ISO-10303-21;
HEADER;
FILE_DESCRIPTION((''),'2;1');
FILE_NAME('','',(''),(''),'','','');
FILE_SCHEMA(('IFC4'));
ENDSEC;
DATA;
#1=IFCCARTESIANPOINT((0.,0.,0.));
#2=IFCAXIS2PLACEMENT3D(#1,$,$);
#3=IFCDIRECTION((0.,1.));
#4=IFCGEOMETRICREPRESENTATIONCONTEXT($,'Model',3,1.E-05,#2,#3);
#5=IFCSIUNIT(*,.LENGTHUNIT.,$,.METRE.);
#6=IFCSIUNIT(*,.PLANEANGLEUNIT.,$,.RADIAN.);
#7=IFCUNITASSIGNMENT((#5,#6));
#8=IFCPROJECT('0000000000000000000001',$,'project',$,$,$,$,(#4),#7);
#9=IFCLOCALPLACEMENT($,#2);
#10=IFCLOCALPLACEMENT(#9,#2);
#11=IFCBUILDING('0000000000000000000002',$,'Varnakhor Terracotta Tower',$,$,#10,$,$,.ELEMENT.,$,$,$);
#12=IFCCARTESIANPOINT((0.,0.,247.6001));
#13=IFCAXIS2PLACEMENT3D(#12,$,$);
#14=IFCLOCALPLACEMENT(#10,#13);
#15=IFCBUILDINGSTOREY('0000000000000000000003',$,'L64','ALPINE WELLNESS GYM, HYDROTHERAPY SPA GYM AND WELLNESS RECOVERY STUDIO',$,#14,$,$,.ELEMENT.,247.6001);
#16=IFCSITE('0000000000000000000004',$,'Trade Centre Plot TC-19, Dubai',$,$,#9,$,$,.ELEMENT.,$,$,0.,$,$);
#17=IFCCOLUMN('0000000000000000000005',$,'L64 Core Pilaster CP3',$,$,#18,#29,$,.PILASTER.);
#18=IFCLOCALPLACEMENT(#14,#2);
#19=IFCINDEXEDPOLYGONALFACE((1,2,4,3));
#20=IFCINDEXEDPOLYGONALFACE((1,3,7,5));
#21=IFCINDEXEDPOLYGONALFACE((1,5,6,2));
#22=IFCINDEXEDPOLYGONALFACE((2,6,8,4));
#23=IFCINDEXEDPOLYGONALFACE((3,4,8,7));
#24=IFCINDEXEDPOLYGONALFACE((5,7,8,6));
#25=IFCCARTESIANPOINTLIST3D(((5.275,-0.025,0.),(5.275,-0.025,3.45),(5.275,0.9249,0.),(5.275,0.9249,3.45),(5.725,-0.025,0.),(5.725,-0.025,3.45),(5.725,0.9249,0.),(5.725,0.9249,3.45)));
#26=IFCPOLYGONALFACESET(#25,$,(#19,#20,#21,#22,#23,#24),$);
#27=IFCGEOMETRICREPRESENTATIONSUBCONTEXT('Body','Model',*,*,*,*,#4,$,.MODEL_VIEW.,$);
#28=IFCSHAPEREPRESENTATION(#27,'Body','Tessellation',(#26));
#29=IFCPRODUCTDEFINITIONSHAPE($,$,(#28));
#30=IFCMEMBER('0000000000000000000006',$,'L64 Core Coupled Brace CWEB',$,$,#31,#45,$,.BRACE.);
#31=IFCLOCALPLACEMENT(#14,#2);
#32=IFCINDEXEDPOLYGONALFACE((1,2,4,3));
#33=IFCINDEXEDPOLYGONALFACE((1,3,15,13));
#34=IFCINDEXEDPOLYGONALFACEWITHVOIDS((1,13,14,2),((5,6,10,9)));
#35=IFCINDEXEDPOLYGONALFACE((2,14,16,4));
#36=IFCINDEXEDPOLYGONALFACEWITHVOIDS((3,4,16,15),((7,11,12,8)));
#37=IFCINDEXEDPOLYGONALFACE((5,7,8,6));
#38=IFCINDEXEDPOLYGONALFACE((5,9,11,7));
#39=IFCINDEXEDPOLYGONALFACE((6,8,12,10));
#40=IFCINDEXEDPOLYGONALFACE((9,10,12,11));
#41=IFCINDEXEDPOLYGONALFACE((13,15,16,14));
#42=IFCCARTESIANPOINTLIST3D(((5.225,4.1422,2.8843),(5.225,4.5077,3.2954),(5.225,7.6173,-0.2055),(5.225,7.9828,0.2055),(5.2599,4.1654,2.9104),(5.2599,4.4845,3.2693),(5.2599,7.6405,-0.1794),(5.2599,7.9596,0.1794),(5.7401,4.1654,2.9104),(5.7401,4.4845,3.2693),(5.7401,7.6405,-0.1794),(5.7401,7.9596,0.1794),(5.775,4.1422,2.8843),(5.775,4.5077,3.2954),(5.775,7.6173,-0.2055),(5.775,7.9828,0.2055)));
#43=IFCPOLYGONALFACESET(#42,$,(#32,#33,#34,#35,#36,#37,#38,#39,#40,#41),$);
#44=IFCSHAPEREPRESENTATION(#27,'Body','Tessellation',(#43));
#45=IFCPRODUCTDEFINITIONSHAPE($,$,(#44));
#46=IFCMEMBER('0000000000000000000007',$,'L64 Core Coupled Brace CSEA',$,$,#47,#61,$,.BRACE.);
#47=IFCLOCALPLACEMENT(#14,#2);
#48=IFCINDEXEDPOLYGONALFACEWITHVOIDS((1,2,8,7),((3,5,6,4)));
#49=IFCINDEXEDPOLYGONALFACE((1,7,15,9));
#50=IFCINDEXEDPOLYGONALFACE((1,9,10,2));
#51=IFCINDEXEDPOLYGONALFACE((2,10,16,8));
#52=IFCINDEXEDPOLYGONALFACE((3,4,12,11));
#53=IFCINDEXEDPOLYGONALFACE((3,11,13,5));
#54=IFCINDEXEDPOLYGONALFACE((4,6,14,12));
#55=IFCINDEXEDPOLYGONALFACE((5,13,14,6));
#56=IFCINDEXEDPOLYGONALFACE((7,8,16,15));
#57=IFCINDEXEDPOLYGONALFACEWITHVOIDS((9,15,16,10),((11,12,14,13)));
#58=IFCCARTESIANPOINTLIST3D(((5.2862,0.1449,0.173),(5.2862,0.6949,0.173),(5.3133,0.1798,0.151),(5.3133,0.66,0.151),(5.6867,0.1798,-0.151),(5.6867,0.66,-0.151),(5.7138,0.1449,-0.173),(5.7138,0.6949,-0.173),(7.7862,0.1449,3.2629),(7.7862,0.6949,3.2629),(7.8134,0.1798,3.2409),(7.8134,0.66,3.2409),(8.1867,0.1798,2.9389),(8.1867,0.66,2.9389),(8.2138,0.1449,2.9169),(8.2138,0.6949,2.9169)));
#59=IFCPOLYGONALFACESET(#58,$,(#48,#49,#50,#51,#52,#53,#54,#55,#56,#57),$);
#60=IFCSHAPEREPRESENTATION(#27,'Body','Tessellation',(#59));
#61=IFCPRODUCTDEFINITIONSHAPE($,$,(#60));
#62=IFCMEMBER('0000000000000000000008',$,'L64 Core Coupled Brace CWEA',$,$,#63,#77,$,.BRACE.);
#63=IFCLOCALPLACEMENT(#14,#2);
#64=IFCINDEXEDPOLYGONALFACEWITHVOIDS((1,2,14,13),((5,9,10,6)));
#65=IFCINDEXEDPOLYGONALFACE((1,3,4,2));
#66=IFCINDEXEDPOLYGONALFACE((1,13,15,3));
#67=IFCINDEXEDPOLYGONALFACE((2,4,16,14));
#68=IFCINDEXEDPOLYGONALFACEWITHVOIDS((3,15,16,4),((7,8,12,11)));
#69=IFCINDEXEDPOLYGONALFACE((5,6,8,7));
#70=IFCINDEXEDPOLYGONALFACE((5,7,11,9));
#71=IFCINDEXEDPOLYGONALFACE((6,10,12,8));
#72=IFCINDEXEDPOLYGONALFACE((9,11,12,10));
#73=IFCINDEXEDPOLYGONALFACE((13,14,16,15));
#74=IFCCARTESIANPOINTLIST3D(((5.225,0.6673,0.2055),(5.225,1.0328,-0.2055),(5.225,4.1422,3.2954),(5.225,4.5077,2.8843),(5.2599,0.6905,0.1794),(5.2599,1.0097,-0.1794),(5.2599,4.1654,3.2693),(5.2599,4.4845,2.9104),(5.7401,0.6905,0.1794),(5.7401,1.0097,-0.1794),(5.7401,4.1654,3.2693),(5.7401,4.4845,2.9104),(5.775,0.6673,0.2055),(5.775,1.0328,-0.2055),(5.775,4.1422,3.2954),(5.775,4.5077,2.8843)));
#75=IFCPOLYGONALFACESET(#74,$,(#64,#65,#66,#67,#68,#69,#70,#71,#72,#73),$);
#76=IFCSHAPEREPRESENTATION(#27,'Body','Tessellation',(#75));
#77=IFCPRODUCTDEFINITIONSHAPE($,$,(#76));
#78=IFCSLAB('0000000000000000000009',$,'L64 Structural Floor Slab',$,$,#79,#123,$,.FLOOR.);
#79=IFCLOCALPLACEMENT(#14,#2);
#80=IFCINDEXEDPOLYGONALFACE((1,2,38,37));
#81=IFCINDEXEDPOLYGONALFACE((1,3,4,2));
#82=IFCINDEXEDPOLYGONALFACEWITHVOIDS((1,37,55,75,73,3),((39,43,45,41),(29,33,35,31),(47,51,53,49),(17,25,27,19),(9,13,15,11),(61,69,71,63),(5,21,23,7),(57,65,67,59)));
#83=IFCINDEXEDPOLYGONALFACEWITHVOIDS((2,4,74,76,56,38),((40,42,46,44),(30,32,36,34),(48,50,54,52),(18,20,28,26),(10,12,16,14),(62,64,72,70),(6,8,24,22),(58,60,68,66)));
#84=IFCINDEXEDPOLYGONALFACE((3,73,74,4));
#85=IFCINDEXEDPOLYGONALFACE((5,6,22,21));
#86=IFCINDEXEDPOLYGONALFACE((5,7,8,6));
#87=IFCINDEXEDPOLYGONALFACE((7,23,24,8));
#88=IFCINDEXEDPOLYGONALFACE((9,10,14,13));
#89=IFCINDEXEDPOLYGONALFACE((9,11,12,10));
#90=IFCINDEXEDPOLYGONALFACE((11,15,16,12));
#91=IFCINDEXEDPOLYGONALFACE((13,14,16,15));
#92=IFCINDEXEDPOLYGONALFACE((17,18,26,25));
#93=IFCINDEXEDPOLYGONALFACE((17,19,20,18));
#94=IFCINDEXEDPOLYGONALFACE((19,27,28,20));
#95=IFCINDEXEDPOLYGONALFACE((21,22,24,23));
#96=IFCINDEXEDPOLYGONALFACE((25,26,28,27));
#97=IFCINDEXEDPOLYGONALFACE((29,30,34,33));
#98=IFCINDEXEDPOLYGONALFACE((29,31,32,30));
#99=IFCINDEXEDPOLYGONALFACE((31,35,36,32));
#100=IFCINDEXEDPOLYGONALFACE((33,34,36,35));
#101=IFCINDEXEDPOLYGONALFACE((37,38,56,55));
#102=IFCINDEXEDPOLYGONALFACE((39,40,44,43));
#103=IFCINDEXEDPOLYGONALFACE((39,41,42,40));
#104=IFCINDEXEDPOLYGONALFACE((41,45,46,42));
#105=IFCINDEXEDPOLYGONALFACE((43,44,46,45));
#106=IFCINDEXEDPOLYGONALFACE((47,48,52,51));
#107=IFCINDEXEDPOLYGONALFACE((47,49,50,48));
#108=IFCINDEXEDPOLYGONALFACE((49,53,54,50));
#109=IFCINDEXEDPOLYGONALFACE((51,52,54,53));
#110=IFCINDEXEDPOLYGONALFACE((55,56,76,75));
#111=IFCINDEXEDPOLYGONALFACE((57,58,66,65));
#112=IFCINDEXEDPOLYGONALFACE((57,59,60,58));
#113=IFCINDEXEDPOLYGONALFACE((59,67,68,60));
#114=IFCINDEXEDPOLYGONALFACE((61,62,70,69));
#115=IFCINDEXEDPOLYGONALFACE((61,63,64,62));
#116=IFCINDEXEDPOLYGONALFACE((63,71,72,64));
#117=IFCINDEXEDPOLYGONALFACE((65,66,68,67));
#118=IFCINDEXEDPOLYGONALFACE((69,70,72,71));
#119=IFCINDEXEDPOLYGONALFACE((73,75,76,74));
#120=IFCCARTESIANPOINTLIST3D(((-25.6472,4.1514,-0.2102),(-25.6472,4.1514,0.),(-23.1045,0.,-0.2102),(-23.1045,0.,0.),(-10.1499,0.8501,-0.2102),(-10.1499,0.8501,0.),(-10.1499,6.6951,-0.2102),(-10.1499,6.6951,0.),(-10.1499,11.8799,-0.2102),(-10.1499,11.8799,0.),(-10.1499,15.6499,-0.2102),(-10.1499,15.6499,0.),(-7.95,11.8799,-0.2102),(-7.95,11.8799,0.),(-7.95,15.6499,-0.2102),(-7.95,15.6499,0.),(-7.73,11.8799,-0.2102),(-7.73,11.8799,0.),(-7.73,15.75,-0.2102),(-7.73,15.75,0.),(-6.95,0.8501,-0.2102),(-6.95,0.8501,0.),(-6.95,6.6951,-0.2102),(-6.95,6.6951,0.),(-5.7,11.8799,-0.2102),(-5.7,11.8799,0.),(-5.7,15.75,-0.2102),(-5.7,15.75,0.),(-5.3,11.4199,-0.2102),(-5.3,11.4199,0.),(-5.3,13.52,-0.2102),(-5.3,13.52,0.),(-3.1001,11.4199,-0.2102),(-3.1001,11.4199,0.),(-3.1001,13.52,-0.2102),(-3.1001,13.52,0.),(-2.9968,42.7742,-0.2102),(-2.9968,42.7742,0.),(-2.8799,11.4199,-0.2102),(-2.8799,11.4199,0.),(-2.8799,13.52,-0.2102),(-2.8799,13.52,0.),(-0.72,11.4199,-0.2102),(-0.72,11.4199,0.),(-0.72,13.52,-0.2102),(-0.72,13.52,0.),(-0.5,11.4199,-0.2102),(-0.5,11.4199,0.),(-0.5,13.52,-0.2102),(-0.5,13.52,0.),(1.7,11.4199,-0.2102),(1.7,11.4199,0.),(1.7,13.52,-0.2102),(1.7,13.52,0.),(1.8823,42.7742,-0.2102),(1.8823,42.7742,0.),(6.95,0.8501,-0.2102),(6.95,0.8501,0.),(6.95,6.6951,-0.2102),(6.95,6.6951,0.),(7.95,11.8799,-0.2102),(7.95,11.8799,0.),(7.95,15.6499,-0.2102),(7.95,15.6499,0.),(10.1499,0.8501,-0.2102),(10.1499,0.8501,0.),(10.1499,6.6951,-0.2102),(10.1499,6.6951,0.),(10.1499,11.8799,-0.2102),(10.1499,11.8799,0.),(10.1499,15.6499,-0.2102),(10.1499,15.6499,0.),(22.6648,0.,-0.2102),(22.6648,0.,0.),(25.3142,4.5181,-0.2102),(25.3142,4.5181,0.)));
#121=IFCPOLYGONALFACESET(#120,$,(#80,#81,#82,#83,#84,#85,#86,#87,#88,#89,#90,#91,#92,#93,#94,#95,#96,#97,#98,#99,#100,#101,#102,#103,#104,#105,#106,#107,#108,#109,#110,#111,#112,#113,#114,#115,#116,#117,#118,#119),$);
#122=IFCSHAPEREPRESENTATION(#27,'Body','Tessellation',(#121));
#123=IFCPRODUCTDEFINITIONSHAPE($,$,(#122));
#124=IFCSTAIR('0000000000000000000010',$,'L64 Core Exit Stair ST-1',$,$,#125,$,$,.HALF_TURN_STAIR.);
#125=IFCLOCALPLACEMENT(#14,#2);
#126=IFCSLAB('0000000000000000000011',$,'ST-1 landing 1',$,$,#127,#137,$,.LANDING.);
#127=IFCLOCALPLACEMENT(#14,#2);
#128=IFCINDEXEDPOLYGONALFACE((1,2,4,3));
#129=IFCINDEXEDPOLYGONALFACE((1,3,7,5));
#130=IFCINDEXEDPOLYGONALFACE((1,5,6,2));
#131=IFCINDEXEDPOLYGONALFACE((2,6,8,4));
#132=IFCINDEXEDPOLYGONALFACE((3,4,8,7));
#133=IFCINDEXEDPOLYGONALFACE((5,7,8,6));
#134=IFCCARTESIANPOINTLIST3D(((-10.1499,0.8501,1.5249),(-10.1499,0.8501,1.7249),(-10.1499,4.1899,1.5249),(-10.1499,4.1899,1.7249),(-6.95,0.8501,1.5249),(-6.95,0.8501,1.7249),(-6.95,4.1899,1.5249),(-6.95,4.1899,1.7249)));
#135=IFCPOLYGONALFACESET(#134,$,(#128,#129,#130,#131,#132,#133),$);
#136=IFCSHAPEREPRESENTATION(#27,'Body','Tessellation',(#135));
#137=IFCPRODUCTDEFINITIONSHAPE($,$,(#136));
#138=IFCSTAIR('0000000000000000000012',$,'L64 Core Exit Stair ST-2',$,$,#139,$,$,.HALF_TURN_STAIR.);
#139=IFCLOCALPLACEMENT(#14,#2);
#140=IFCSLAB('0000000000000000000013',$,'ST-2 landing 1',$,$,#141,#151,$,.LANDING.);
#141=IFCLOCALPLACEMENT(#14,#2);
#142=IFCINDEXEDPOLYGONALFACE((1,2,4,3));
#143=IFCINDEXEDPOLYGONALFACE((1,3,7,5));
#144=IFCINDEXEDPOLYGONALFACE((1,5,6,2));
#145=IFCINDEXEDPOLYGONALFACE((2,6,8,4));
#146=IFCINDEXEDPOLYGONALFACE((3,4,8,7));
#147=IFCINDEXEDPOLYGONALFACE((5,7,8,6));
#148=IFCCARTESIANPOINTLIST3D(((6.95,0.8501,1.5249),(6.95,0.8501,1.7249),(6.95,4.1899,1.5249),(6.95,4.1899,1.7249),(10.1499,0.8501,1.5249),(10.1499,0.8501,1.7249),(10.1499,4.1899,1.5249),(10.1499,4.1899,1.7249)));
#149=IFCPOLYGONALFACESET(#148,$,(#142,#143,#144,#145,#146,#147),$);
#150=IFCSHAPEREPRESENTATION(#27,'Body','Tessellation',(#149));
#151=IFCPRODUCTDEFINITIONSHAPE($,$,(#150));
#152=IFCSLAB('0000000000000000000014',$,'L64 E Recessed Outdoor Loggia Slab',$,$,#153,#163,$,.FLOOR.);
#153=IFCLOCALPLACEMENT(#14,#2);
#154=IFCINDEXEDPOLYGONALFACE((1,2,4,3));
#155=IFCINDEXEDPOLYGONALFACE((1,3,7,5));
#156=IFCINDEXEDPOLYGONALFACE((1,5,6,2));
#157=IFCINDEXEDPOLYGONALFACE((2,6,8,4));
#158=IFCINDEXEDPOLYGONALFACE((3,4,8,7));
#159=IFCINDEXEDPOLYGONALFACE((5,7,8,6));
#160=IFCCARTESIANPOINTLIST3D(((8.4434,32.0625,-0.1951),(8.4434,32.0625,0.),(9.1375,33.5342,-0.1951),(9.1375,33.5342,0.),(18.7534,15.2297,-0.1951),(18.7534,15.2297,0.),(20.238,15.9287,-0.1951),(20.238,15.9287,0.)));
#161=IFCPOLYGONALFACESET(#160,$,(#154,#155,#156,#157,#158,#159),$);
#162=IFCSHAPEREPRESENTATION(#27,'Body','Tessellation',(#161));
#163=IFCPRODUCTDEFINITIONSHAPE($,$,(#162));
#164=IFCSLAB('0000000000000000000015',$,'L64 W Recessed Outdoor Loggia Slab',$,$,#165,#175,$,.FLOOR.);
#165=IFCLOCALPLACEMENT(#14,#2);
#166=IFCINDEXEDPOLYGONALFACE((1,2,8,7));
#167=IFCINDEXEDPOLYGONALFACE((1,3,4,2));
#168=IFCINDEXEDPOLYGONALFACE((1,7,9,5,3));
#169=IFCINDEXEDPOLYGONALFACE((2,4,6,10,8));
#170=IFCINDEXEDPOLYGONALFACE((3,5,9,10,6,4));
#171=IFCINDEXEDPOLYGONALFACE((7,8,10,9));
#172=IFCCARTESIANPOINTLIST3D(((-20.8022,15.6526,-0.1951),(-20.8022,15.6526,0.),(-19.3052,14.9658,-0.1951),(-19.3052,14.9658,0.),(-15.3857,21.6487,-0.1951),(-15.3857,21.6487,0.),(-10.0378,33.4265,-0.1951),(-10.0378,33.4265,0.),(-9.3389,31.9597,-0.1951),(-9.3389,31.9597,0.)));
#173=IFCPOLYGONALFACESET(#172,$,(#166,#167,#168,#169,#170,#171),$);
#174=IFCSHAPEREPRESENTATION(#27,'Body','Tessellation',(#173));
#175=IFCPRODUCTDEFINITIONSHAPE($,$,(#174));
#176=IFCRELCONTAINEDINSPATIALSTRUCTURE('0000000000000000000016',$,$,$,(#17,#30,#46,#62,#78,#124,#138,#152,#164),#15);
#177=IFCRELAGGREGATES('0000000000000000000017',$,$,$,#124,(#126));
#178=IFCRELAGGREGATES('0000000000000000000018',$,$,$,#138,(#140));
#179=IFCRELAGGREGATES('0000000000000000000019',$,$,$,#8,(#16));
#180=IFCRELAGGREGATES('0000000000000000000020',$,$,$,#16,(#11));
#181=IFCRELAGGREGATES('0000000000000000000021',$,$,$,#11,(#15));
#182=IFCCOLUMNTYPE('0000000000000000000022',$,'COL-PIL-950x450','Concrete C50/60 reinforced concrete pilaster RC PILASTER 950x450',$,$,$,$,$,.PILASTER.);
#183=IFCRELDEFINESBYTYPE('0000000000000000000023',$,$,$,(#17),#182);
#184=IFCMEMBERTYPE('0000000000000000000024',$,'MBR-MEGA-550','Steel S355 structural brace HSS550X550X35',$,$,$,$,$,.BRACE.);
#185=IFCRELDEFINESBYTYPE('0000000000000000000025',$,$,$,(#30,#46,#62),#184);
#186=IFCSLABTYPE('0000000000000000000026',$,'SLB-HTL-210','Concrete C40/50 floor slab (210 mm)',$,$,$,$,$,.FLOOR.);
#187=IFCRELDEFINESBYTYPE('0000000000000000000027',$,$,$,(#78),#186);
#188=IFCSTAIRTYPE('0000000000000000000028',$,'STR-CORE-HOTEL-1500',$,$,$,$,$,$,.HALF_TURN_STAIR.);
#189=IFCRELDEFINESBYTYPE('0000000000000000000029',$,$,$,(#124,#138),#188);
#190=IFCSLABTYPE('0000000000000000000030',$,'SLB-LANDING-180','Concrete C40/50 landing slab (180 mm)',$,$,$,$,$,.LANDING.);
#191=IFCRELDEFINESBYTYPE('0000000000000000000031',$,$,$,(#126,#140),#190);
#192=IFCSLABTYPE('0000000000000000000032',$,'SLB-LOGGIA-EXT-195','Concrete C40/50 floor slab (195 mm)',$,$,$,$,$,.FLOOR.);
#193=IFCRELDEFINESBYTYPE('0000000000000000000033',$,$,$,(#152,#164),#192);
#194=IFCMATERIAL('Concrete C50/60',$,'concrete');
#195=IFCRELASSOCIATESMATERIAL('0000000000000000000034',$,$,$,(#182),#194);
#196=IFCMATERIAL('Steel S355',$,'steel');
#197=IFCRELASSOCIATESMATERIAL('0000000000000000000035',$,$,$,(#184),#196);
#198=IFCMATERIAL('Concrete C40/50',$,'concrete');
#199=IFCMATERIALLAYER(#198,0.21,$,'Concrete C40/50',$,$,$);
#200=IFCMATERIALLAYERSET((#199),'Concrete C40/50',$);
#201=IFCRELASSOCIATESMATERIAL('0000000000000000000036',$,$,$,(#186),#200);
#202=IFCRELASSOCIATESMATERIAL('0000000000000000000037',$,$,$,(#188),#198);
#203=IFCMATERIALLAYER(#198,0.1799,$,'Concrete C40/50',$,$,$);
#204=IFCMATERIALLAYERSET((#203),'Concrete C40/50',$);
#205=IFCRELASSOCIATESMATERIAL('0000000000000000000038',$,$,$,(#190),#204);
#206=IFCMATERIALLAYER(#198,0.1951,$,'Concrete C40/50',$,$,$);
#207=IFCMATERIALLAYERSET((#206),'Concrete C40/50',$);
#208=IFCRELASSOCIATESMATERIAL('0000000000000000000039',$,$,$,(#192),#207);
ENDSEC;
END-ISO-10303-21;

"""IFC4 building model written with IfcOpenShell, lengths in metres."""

from ifc_helpers import new_model, si_unit, direction, frame, origin, origin_2d, place, context, subcontext, project, spatial, polyline, rectangle, hollow_rectangle, outline, extrude, source, transform, mapped, material, layer, layer_set, material_profile, profile_set, type_object, element, aggregate, save


model = new_model("IFC4")

# Units and contexts
model_context = context("Model", 3, precision=1e-05, world=origin(), true_north=direction((0.0, 1.0)))
body_context = subcontext(model_context, "Body", "Model", "MODEL_VIEW")
ifc_project = project(units=[si_unit("LENGTHUNIT", "METRE"), si_unit("PLANEANGLEUNIT", "RADIAN")], contexts=[model_context])

# Site, building, storey
site_placement = place(None, origin())
site = spatial("IfcSite", under=ifc_project, at=site_placement, Name="Trade Centre Plot TC-19, Dubai", CompositionType="ELEMENT", RefElevation=0.0)
building_placement = place(site_placement, origin())
building = spatial("IfcBuilding", under=site, at=building_placement, Name="Varnakhor Terracotta Tower", CompositionType="ELEMENT")
storey_placement = place(building_placement, frame((0.0, 0.0, 247.6001)))
storey = spatial("IfcBuildingStorey", under=building, at=storey_placement, Name="L64", Description="ALPINE WELLNESS GYM, HYDROTHERAPY SPA GYM AND WELLNESS RECOVERY STUDIO", CompositionType="ELEMENT", Elevation=247.6001)

# Column
ifc_material_1 = material(Name="Concrete C50/60", Category="concrete")
ifc_material_profile_1 = material_profile(ifc_material_1, rectangle(XDim=0.45, YDim=0.95, at=origin_2d()), Name="RC PILASTER 950x450")
ifc_profile_set_1 = profile_set([ifc_material_profile_1], Name="Concrete C50/60")
column_type = type_object("IfcColumnType", Name="COL-PIL-950x450", Description="Concrete C50/60 reinforced concrete pilaster RC PILASTER 950x450", PredefinedType="PILASTER", material=ifc_profile_set_1)
shared_shape_1 = source(origin(), body_context, "Body", "SweptSolid", [
    extrude(rectangle(XDim=0.45, YDim=0.95, at=origin_2d()), origin(), (0.0, 0.0, 1.0), 3.45),
])
column_placement = place(storey_placement, frame((5.5, 0.45, 0.0), z_axis=(0.0, 0.0, 1.0), x_axis=(1.0, 0.0, 0.0)))
element("IfcColumn", 1, at=column_placement, inside=storey, type_object=column_type, Name="L64 Core Pilaster CP3", PredefinedType="PILASTER", context=body_context, shape_type="MappedRepresentation", body=[
    mapped(shared_shape_1, transform((0.0, 0.0, 0.0), scale=1.0)),
])

# Members
ifc_material_2 = material(Name="Steel S355", Category="steel")
ifc_material_profile_2 = material_profile(ifc_material_2, hollow_rectangle(XDim=0.55, YDim=0.55, WallThickness=0.0349, at=origin_2d()), Name="HSS550X550X35")
ifc_profile_set_2 = profile_set([ifc_material_profile_2], Name="Steel S355")
member_type = type_object("IfcMemberType", Name="MBR-MEGA-550", Description="Steel S355 structural brace HSS550X550X35", PredefinedType="BRACE", material=ifc_profile_set_2)
shared_shape_2 = source(origin(), body_context, "Body", "SweptSolid", [
    extrude(hollow_rectangle(XDim=0.55, YDim=0.55, WallThickness=0.0349, at=origin_2d()), origin(), (0.0, 0.0, 1.0), 4.6501),
])
member_1_placement = place(storey_placement, frame((5.5, 7.8, 0.0), z_axis=(0.0, -0.747317, 0.664468), x_axis=(1.0, 0.0, 0.0)))
element("IfcMember", 2, at=member_1_placement, inside=storey, type_object=member_type, Name="L64 Core Coupled Brace CWEB", PredefinedType="BRACE", context=body_context, shape_type="MappedRepresentation", body=[
    mapped(shared_shape_2, transform((0.0, 0.0, 0.0), scale=1.0)),
])
shared_shape_3 = source(origin(), body_context, "Body", "SweptSolid", [
    extrude(hollow_rectangle(XDim=0.55, YDim=0.55, WallThickness=0.0349, at=origin_2d()), origin(), (0.0, 0.0, 1.0), 3.9746),
])
member_2_placement = place(storey_placement, frame((5.5, 0.4199, 0.0), z_axis=(0.629, 0.0, 0.777405), x_axis=(0.0, 1.0, 0.0)))
element("IfcMember", 3, at=member_2_placement, inside=storey, type_object=member_type, Name="L64 Core Coupled Brace CSEA", PredefinedType="BRACE", context=body_context, shape_type="MappedRepresentation", body=[
    mapped(shared_shape_3, transform((0.0, 0.0, 0.0), scale=1.0)),
])
shared_shape_4 = source(origin(), body_context, "Body", "SweptSolid", [
    extrude(hollow_rectangle(XDim=0.55, YDim=0.55, WallThickness=0.0349, at=origin_2d()), origin(), (0.0, 0.0, 1.0), 4.6499),
])
member_3_placement = place(storey_placement, frame((5.5, 0.8501, 0.0), z_axis=(0.0, 0.747293, 0.664494), x_axis=(-1.0, 0.0, 0.0)))
element("IfcMember", 4, at=member_3_placement, inside=storey, type_object=member_type, Name="L64 Core Coupled Brace CWEA", PredefinedType="BRACE", context=body_context, shape_type="MappedRepresentation", body=[
    mapped(shared_shape_4, transform((0.0, 0.0, 0.0), scale=1.0)),
])

# Slab
ifc_material_3 = material(Name="Concrete C40/50", Category="concrete")
ifc_layer_1 = layer(ifc_material_3, 0.21, Name="Concrete C40/50")
ifc_layer_set_1 = layer_set([ifc_layer_1], Name="Concrete C40/50")
slab_type_1 = type_object("IfcSlabType", Name="SLB-HTL-210", Description="Concrete C40/50 floor slab (210 mm)", PredefinedType="FLOOR", material=ifc_layer_set_1)
slab_1_placement = place(storey_placement, frame((0.0, 0.0, -0.2102)))
element("IfcSlab", 5, at=slab_1_placement, inside=storey, type_object=slab_type_1, Name="L64 Structural Floor Slab", PredefinedType="FLOOR", context=body_context, shape_type="SweptSolid", body=[
    extrude(outline(polyline([(-25.6472, 4.1514), (-2.9968, 42.7742), (1.8823, 42.7742), (25.3142, 4.5181), (22.6648, 0.0), (-23.1045, 0.0), (-25.6472, 4.1514)]), holes=[polyline([(-6.95, 0.8501), (-6.95, 6.6951), (-10.1499, 6.6951), (-10.1499, 0.8501), (-6.95, 0.8501)]), polyline([(10.1499, 0.8501), (10.1499, 6.6951), (6.95, 6.6951), (6.95, 0.8501), (10.1499, 0.8501)]), polyline([(-3.1001, 11.4199), (-3.1001, 13.52), (-5.3, 13.52), (-5.3, 11.4199), (-3.1001, 11.4199)]), polyline([(-0.72, 11.4199), (-0.72, 13.52), (-2.8799, 13.52), (-2.8799, 11.4199), (-0.72, 11.4199)]), polyline([(1.7, 11.4199), (1.7, 13.52), (-0.5, 13.52), (-0.5, 11.4199), (1.7, 11.4199)]), polyline([(-7.95, 11.8799), (-7.95, 15.6499), (-10.1499, 15.6499), (-10.1499, 11.8799), (-7.95, 11.8799)]), polyline([(10.1499, 11.8799), (10.1499, 15.6499), (7.95, 15.6499), (7.95, 11.8799), (10.1499, 11.8799)]), polyline([(-5.7, 11.8799), (-5.7, 15.75), (-7.73, 15.75), (-7.73, 11.8799), (-5.7, 11.8799)])]), origin(), (0.0, 0.0, 1.0), 0.2102),
])

# Stairs, slabs
stair_type = type_object("IfcStairType", Name="STR-CORE-HOTEL-1500", PredefinedType="HALF_TURN_STAIR", material=ifc_material_3)
stair_1_placement = place(storey_placement, origin())
stair_1 = element("IfcStair", 6, at=stair_1_placement, inside=storey, type_object=stair_type, Name="L64 Core Exit Stair ST-1", PredefinedType="HALF_TURN_STAIR")
ifc_layer_2 = layer(ifc_material_3, 0.1799, Name="Concrete C40/50")
ifc_layer_set_2 = layer_set([ifc_layer_2], Name="Concrete C40/50")
slab_type_2 = type_object("IfcSlabType", Name="SLB-LANDING-180", Description="Concrete C40/50 landing slab (180 mm)", PredefinedType="LANDING", material=ifc_layer_set_2)
slab_2_placement = place(storey_placement, frame((0.0, 0.0, 1.5249)))
slab_2 = element("IfcSlab", 7, at=slab_2_placement, type_object=slab_type_2, Name="ST-1 landing 1", PredefinedType="LANDING", context=body_context, shape_type="SweptSolid", body=[
    extrude(outline(polyline([(-10.1499, 4.1899), (-10.1499, 0.8501), (-6.95, 0.8501), (-6.95, 4.1899), (-10.1499, 4.1899)])), origin(), (0.0, 0.0, 1.0), 0.2),
])
aggregate(stair_1, [slab_2])
stair_2_placement = place(storey_placement, origin())
stair_2 = element("IfcStair", 8, at=stair_2_placement, inside=storey, type_object=stair_type, Name="L64 Core Exit Stair ST-2", PredefinedType="HALF_TURN_STAIR")
slab_3_placement = place(storey_placement, frame((0.0, 0.0, 1.5249)))
slab_3 = element("IfcSlab", 9, at=slab_3_placement, type_object=slab_type_2, Name="ST-2 landing 1", PredefinedType="LANDING", context=body_context, shape_type="SweptSolid", body=[
    extrude(outline(polyline([(6.95, 4.1899), (6.95, 0.8501), (10.1499, 0.8501), (10.1499, 4.1899), (6.95, 4.1899)])), origin(), (0.0, 0.0, 1.0), 0.2),
])

# Slabs
ifc_layer_3 = layer(ifc_material_3, 0.1951, Name="Concrete C40/50")
ifc_layer_set_3 = layer_set([ifc_layer_3], Name="Concrete C40/50")
slab_type_3 = type_object("IfcSlabType", Name="SLB-LOGGIA-EXT-195", Description="Concrete C40/50 floor slab (195 mm)", PredefinedType="FLOOR", material=ifc_layer_set_3)
slab_4_placement = place(storey_placement, frame((0.0, 0.0, -0.1951)))
element("IfcSlab", 10, at=slab_4_placement, inside=storey, type_object=slab_type_3, Name="L64 E Recessed Outdoor Loggia Slab", PredefinedType="FLOOR", context=body_context, shape_type="SweptSolid", body=[
    extrude(outline(polyline([(9.1375, 33.5342), (20.238, 15.9287), (18.7534, 15.2297), (8.4434, 32.0625), (9.1375, 33.5342)])), origin(), (0.0, 0.0, 1.0), 0.1951),
])
slab_5_placement = place(storey_placement, frame((0.0, 0.0, -0.1951)))
element("IfcSlab", 11, at=slab_5_placement, inside=storey, type_object=slab_type_3, Name="L64 W Recessed Outdoor Loggia Slab", PredefinedType="FLOOR", context=body_context, shape_type="SweptSolid", body=[
    extrude(outline(polyline([(-20.8022, 15.6526), (-10.0378, 33.4265), (-9.3389, 31.9597), (-15.3857, 21.6487), (-19.3052, 14.9658), (-20.8022, 15.6526)])), origin(), (0.0, 0.0, 1.0), 0.1951),
])

aggregate(stair_2, [slab_3])

save(model, "model.ifc")
